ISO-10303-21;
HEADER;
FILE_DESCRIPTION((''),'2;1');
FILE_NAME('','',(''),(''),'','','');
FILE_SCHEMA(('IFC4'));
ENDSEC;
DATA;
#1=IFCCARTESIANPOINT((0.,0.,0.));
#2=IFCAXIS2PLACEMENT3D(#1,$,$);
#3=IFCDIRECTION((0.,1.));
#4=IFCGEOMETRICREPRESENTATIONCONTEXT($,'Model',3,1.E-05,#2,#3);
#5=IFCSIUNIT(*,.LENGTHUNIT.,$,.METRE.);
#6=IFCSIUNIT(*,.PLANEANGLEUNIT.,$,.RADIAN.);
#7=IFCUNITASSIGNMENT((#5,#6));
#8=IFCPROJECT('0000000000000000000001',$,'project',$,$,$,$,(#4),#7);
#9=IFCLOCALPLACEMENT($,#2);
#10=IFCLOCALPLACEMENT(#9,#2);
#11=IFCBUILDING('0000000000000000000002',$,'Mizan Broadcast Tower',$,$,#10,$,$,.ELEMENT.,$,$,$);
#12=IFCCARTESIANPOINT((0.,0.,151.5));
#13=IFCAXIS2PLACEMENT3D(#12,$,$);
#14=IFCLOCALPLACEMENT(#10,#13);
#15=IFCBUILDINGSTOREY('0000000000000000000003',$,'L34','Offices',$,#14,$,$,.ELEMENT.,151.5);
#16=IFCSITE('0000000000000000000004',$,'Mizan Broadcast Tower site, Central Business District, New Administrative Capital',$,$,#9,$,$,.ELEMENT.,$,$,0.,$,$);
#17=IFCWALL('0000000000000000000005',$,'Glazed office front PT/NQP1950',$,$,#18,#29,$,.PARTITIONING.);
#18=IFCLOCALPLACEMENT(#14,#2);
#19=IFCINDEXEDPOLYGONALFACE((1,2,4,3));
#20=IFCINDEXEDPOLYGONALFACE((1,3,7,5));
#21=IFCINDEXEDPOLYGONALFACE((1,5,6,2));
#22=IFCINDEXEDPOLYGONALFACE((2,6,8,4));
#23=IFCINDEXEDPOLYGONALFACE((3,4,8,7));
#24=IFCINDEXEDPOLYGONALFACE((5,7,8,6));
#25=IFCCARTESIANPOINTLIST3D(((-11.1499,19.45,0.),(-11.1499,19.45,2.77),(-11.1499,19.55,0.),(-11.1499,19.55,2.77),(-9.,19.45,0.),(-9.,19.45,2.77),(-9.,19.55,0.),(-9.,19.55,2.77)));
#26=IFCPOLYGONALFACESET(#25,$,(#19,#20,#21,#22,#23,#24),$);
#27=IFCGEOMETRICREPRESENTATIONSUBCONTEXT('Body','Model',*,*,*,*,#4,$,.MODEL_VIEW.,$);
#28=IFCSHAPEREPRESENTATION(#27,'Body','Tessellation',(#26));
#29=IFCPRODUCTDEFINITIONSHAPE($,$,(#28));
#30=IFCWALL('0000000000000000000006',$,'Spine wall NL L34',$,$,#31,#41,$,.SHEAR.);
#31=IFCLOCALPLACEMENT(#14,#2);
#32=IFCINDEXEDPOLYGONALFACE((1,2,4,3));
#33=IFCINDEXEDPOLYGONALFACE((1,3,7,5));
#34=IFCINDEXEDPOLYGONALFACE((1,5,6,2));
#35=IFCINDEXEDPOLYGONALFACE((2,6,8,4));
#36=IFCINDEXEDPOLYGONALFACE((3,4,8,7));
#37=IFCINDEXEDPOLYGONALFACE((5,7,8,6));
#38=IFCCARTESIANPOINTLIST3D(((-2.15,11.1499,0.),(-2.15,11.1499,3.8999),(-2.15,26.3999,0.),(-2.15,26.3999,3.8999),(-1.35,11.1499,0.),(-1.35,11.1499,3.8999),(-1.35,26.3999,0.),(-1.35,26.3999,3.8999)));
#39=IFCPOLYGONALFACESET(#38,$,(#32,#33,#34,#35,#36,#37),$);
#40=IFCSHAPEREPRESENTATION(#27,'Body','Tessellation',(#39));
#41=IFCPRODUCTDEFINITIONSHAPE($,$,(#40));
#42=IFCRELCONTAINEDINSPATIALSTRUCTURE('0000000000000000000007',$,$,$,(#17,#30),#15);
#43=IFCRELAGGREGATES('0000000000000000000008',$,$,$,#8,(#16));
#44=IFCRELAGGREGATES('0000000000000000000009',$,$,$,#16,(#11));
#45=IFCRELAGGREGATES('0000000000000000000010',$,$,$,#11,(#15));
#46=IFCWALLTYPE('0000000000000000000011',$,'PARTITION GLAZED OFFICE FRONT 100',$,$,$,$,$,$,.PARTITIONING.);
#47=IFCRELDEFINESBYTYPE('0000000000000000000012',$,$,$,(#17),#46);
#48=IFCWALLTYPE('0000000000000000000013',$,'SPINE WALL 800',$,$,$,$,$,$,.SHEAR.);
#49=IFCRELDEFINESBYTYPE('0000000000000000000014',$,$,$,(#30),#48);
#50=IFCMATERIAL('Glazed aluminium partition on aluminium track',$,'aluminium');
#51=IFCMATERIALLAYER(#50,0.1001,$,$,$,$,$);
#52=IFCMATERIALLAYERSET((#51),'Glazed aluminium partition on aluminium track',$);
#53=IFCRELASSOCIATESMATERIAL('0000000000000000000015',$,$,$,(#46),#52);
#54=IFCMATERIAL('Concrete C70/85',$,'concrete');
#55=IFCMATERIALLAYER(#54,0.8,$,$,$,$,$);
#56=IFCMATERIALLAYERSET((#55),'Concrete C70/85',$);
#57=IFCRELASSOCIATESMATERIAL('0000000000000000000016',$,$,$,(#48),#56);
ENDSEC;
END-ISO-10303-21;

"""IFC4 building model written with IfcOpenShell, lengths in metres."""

from ifc_helpers import new_model, si_unit, direction, frame, frame_2d, origin, place, context, subcontext, project, spatial, rectangle, extrude, material, layer, layer_set, type_object, element, save


model = new_model("IFC4")

# Units and contexts
model_context = context("Model", 3, precision=1e-05, world=origin(), true_north=direction((0.0, 1.0)))
body_context = subcontext(model_context, "Body", "Model", "MODEL_VIEW")
ifc_project = project(units=[si_unit("LENGTHUNIT", "METRE"), si_unit("PLANEANGLEUNIT", "RADIAN")], contexts=[model_context])

# Site, building, storey
site_placement = place(None, origin())
site = spatial("IfcSite", under=ifc_project, at=site_placement, Name="Mizan Broadcast Tower site, Central Business District, New Administrative Capital", CompositionType="ELEMENT", RefElevation=0.0)
building_placement = place(site_placement, origin())
building = spatial("IfcBuilding", under=site, at=building_placement, Name="Mizan Broadcast Tower", CompositionType="ELEMENT")
storey_placement = place(building_placement, frame((0.0, 0.0, 151.5)))
storey = spatial("IfcBuildingStorey", under=building, at=storey_placement, Name="L34", Description="Offices", CompositionType="ELEMENT", Elevation=151.5)

# Shared definitions
ifc_material_1 = material(Name="Glazed aluminium partition on aluminium track", Category="aluminium")
ifc_layer_1 = layer(ifc_material_1, 0.1001)
ifc_layer_set_1 = layer_set([ifc_layer_1], Name="Glazed aluminium partition on aluminium track")
wall_type_1 = type_object("IfcWallType", Name="PARTITION GLAZED OFFICE FRONT 100", PredefinedType="PARTITIONING", material=ifc_layer_set_1)

# Walls
wall_1_placement = place(storey_placement, frame((-9.0, 19.5, 0.0), z_axis=(0.0, 0.0, 1.0), x_axis=(-1.0, 0.0, 0.0)))
element("IfcWall", 1, at=wall_1_placement, inside=storey, type_object=wall_type_1, Name="Glazed office front PT/NQP1950", PredefinedType="PARTITIONING", context=body_context, shape_type="SweptSolid", body=[
    extrude(rectangle(XDim=2.1499, YDim=0.1001, at=frame_2d((1.075, 0.0))), origin(), (0.0, 0.0, 1.0), 2.77),
])
ifc_material_2 = material(Name="Concrete C70/85", Category="concrete")
ifc_layer_2 = layer(ifc_material_2, 0.8)
ifc_layer_set_2 = layer_set([ifc_layer_2], Name="Concrete C70/85")
wall_type_2 = type_object("IfcWallType", Name="SPINE WALL 800", PredefinedType="SHEAR", material=ifc_layer_set_2)
wall_2_placement = place(storey_placement, frame((-1.75, 11.1499, 0.0), z_axis=(0.0, 0.0, 1.0), x_axis=(0.0, 1.0, 0.0)))
element("IfcWall", 2, at=wall_2_placement, inside=storey, type_object=wall_type_2, Name="Spine wall NL L34", PredefinedType="SHEAR", context=body_context, shape_type="SweptSolid", body=[
    extrude(rectangle(XDim=15.25, YDim=0.8, at=frame_2d((7.625, 0.0))), origin(), (0.0, 0.0, 1.0), 3.8999),
])

save(model, "model.ifc")
